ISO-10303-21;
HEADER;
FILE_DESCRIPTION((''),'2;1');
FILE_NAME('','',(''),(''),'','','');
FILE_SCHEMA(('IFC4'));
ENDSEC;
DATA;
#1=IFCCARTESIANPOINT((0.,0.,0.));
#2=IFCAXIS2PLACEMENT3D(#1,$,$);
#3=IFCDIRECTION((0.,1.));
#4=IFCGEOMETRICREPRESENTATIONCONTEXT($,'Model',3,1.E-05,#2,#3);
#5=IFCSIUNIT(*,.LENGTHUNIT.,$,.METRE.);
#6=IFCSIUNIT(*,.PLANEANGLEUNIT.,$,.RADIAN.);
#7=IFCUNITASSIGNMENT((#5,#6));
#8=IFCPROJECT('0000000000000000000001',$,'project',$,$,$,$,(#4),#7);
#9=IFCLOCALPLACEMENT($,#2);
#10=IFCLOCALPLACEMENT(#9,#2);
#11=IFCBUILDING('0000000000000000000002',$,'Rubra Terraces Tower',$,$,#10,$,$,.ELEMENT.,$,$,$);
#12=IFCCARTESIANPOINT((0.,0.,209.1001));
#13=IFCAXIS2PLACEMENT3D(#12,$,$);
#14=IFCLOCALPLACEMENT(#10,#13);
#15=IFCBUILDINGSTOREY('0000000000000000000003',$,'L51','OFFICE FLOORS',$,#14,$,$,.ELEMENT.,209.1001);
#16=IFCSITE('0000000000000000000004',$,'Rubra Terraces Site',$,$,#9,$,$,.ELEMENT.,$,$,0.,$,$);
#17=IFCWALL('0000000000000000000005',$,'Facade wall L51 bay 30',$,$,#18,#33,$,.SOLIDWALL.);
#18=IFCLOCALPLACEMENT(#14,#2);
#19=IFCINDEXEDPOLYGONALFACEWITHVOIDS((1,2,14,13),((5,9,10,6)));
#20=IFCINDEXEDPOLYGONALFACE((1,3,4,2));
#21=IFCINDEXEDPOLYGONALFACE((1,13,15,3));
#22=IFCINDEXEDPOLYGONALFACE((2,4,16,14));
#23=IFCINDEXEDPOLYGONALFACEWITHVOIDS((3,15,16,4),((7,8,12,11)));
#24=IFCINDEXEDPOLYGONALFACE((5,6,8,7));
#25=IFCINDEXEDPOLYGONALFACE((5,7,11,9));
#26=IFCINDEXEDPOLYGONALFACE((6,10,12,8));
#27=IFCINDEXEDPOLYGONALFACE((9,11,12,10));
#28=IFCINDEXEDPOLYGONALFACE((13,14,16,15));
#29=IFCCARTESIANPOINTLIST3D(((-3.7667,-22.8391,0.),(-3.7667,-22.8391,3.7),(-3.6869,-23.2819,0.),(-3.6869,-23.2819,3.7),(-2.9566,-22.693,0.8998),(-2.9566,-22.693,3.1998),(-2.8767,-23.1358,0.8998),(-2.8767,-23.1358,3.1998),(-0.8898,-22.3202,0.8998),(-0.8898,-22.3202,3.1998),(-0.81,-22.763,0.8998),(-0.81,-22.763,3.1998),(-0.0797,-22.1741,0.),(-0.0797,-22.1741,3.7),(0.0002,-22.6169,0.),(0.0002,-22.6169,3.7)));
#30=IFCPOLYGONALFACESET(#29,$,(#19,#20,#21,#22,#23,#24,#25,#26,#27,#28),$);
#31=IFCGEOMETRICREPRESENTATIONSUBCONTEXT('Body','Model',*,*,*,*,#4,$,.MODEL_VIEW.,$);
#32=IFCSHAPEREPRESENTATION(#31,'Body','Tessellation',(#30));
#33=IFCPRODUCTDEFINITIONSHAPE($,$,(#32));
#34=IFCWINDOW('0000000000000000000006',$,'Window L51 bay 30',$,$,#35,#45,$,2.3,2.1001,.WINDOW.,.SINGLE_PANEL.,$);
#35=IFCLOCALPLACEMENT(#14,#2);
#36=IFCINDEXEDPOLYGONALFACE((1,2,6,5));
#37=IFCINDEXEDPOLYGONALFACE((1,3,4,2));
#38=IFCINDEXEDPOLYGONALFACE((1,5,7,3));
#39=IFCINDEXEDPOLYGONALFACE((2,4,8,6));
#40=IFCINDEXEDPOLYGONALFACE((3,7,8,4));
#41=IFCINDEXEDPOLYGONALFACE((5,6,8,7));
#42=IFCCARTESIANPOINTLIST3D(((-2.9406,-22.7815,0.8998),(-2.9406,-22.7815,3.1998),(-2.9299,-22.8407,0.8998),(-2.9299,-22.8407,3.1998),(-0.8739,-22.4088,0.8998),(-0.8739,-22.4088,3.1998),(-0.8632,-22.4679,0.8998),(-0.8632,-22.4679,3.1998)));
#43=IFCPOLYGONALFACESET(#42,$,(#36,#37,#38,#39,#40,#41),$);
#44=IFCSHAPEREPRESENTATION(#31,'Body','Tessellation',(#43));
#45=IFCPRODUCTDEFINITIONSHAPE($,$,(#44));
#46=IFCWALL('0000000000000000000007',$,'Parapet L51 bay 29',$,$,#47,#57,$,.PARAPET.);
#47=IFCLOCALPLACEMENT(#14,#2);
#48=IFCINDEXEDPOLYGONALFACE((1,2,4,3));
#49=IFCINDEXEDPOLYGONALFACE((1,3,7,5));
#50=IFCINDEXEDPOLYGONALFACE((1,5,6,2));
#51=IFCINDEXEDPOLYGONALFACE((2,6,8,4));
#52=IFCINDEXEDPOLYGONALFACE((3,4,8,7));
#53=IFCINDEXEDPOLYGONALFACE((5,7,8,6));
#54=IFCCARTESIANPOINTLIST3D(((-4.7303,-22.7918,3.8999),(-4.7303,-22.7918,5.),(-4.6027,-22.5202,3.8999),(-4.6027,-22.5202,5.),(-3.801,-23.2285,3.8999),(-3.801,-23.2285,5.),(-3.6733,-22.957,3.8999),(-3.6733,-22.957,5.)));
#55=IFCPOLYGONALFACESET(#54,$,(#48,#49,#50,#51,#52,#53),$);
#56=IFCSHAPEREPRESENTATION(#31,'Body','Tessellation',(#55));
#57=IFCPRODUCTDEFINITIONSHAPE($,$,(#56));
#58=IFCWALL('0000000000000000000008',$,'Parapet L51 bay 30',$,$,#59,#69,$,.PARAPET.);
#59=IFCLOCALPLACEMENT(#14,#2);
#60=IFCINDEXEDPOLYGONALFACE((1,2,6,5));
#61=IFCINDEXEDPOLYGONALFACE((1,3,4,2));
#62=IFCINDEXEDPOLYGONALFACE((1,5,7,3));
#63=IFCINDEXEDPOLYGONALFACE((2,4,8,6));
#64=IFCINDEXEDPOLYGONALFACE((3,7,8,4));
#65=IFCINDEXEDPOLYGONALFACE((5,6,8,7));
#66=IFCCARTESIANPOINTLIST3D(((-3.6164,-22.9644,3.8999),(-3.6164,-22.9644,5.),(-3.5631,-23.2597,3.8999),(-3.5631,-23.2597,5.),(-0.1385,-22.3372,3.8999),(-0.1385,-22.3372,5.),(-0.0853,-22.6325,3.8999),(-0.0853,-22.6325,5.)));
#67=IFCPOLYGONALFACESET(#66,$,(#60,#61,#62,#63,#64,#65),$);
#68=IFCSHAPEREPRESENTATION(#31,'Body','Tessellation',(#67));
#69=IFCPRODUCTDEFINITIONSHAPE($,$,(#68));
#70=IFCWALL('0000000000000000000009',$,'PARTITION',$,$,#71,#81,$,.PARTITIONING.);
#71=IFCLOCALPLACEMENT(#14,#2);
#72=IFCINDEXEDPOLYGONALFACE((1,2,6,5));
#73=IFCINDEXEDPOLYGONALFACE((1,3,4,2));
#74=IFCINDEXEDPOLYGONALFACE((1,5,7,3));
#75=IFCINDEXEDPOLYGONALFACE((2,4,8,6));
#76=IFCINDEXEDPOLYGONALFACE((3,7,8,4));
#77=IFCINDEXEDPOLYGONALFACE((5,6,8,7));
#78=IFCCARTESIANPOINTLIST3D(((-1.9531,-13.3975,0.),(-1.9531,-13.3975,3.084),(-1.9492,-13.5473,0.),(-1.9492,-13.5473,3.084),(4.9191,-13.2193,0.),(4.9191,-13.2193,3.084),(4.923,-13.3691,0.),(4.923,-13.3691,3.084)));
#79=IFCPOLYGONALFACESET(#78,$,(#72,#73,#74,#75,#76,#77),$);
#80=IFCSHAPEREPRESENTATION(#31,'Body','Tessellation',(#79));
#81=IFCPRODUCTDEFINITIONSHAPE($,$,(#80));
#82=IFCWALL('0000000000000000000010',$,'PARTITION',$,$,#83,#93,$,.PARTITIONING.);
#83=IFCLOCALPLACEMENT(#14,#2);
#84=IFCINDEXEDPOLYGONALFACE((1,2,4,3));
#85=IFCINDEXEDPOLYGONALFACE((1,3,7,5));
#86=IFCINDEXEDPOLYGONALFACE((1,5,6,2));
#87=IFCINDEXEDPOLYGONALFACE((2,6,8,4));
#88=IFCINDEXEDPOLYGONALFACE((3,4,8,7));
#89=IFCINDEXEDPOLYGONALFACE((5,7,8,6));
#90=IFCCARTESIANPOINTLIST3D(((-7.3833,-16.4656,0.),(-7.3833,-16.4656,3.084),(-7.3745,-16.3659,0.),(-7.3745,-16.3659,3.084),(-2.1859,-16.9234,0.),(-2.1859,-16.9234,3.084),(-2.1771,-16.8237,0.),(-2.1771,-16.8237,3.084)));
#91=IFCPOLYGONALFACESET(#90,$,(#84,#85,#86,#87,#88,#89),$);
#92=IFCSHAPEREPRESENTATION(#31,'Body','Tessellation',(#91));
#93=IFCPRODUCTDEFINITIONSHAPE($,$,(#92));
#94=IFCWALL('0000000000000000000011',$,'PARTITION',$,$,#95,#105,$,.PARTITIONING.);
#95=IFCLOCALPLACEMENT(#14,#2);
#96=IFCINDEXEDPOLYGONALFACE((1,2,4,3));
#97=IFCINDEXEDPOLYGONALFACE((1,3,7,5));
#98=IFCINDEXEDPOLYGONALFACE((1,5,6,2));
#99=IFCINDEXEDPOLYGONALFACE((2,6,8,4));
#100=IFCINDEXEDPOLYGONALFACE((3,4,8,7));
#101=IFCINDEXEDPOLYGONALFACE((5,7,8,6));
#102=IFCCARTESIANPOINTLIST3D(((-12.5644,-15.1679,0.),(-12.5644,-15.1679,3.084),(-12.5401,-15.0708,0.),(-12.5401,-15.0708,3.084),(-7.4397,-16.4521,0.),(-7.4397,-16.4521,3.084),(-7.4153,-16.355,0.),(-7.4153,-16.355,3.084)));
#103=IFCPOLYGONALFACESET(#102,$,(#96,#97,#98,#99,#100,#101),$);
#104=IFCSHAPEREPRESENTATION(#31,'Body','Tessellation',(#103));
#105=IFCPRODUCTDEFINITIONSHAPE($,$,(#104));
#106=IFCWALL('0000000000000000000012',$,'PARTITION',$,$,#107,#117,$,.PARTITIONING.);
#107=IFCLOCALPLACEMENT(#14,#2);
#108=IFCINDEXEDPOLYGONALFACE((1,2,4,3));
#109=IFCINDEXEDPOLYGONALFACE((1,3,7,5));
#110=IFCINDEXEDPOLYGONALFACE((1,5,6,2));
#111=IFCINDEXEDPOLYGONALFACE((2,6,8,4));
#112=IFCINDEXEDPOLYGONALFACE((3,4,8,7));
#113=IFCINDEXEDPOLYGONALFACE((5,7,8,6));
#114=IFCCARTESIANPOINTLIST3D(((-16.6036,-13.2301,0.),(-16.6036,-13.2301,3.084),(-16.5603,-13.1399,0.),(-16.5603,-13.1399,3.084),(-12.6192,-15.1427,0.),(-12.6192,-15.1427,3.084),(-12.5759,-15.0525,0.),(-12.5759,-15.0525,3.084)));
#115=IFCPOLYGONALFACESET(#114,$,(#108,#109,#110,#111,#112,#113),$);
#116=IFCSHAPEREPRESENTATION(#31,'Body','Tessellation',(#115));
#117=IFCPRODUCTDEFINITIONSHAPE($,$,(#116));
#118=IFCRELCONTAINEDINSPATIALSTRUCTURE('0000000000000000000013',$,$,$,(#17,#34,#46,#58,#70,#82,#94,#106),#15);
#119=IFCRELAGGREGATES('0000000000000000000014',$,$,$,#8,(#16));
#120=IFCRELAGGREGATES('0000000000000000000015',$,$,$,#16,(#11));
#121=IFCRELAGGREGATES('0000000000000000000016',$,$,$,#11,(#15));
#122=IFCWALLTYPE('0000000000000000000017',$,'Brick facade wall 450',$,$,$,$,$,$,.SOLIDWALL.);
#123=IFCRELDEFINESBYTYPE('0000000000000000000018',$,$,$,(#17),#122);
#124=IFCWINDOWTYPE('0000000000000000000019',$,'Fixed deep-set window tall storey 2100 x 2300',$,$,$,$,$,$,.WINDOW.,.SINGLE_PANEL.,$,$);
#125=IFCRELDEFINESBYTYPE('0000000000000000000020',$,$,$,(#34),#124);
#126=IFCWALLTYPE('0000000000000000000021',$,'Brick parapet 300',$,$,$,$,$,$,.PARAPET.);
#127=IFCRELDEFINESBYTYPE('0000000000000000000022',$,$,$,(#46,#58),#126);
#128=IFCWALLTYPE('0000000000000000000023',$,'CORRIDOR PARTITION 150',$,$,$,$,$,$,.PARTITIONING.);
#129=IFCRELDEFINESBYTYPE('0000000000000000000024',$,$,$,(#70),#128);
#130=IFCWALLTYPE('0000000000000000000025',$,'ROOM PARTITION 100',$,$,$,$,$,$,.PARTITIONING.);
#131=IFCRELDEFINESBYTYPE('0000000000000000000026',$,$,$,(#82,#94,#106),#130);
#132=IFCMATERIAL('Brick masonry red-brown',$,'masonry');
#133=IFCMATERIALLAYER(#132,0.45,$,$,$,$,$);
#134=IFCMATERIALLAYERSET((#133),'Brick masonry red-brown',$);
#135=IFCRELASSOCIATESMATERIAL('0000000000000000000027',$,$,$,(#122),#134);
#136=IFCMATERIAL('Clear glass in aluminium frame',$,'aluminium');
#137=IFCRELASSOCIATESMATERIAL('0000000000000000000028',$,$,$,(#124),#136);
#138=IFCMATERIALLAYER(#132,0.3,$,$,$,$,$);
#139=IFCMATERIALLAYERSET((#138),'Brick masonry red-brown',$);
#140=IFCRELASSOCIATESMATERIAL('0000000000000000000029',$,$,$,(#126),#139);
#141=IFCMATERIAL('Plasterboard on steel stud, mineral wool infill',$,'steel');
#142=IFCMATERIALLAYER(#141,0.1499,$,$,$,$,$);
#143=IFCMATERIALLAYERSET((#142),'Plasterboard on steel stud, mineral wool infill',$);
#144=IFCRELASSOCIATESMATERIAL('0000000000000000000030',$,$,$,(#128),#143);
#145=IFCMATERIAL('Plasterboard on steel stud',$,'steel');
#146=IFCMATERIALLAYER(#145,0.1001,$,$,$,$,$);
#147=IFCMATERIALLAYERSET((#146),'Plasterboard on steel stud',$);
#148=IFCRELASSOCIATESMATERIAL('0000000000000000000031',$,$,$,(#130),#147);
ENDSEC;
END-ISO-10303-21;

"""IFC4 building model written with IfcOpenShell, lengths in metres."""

from ifc_helpers import new_model, si_unit, direction, frame, frame_2d, origin, place, context, subcontext, project, spatial, rectangle, extrude, material, layer, layer_set, type_object, element, fill, save


model = new_model("IFC4")

# Units and contexts
model_context = context("Model", 3, precision=1e-05, world=origin(), true_north=direction((0.0, 1.0)))
body_context = subcontext(model_context, "Body", "Model", "MODEL_VIEW")
ifc_project = project(units=[si_unit("LENGTHUNIT", "METRE"), si_unit("PLANEANGLEUNIT", "RADIAN")], contexts=[model_context])

# Site, building, storey
site_placement = place(None, origin())
site = spatial("IfcSite", under=ifc_project, at=site_placement, Name="Rubra Terraces Site", CompositionType="ELEMENT", RefElevation=0.0)
building_placement = place(site_placement, origin())
building = spatial("IfcBuilding", under=site, at=building_placement, Name="Rubra Terraces Tower", CompositionType="ELEMENT")
storey_placement = place(building_placement, frame((0.0, 0.0, 209.1001)))
storey = spatial("IfcBuildingStorey", under=building, at=storey_placement, Name="L51", Description="OFFICE FLOORS", CompositionType="ELEMENT", Elevation=209.1001)

# Wall, opening, window
ifc_material_1 = material(Name="Brick masonry red-brown", Category="masonry")
ifc_layer_1 = layer(ifc_material_1, 0.45)
ifc_layer_set_1 = layer_set([ifc_layer_1], Name="Brick masonry red-brown")
wall_type_1 = type_object("IfcWallType", Name="Brick facade wall 450", PredefinedType="SOLIDWALL", material=ifc_layer_set_1)
ifc_material_2 = material(Name="Clear glass in aluminium frame", Category="aluminium")
window_type = type_object("IfcWindowType", Name="Fixed deep-set window tall storey 2100 x 2300", PartitioningType="SINGLE_PANEL", PredefinedType="WINDOW", material=ifc_material_2)
wall_1_placement = place(storey_placement, frame((-3.7268, -23.0605, 0.0), z_axis=(0.0, 0.0, 1.0), x_axis=(0.984119, 0.177509, 0.0)))
wall_1 = element("IfcWall", 1, at=wall_1_placement, inside=storey, type_object=wall_type_1, Name="Facade wall L51 bay 30", PredefinedType="SOLIDWALL", context=body_context, shape_type="SweptSolid", body=[
    extrude(rectangle(XDim=3.7466, YDim=0.45, at=frame_2d((1.8733, 0.0))), origin(), (0.0, 0.0, 1.0), 3.7),
])
opening_1_placement = place(wall_1_placement, frame((0.8232, 0.0, 0.8999)))
opening_1 = element("IfcOpeningElement", 2, at=opening_1_placement, cuts=wall_1, PredefinedType="OPENING", context=body_context, shape_type="SweptSolid", body=[
    extrude(rectangle(XDim=2.1001, YDim=2.3, at=frame_2d((1.05, 1.1499))), frame((0.0, 0.2349, 0.0), z_axis=(0.0, -1.0, 0.0), x_axis=(1.0, 0.0, 0.0)), (0.0, 0.0, 1.0), 0.47),
])
window_1_placement = place(opening_1_placement, origin())
window_1 = element("IfcWindow", 3, at=window_1_placement, inside=storey, type_object=window_type, Name="Window L51 bay 30", OverallHeight=2.3, OverallWidth=2.1001, PartitioningType="SINGLE_PANEL", PredefinedType="WINDOW", context=body_context, shape_type="SweptSolid", body=[
    extrude(rectangle(XDim=2.1001, YDim=2.3, at=frame_2d((1.05, 1.1499))), frame((0.0, 0.135, 0.0), z_axis=(0.0, -1.0, 0.0), x_axis=(1.0, 0.0, 0.0)), (0.0, 0.0, 1.0), 0.0601),
])
fill(opening_1, window_1)

# Walls
ifc_layer_2 = layer(ifc_material_1, 0.3)
ifc_layer_set_2 = layer_set([ifc_layer_2], Name="Brick masonry red-brown")
wall_type_2 = type_object("IfcWallType", Name="Brick parapet 300", PredefinedType="PARAPET", material=ifc_layer_set_2)
wall_2_placement = place(storey_placement, frame((-4.6665, -22.656, 3.8999), z_axis=(0.0, 0.0, 1.0), x_axis=(0.90505, -0.425305, 0.0)))
element("IfcWall", 4, at=wall_2_placement, inside=storey, type_object=wall_type_2, Name="Parapet L51 bay 29", PredefinedType="PARAPET", context=body_context, shape_type="SweptSolid", body=[
    extrude(rectangle(XDim=1.0269, YDim=0.3, at=frame_2d((0.5134, 0.0))), origin(), (0.0, 0.0, 1.0), 1.1001),
])
wall_3_placement = place(storey_placement, frame((-3.5898, -23.1121, 3.8999), z_axis=(0.0, 0.0, 1.0), x_axis=(0.984124, 0.177481, 0.0)))
element("IfcWall", 5, at=wall_3_placement, inside=storey, type_object=wall_type_2, Name="Parapet L51 bay 30", PredefinedType="PARAPET", context=body_context, shape_type="SweptSolid", body=[
    extrude(rectangle(XDim=3.5339, YDim=0.3, at=frame_2d((1.7671, 0.0))), origin(), (0.0, 0.0, 1.0), 1.1001),
])
ifc_material_3 = material(Name="Plasterboard on steel stud, mineral wool infill", Category="steel")
ifc_layer_3 = layer(ifc_material_3, 0.1499)
ifc_layer_set_3 = layer_set([ifc_layer_3], Name="Plasterboard on steel stud, mineral wool infill")
wall_type_3 = type_object("IfcWallType", Name="CORRIDOR PARTITION 150", PredefinedType="PARTITIONING", material=ifc_layer_set_3)
wall_4_placement = place(storey_placement, frame((-1.9512, -13.4724, 0.0), z_axis=(0.0, 0.0, 1.0), x_axis=(0.999664, 0.025925, 0.0)))
element("IfcWall", 6, at=wall_4_placement, inside=storey, type_object=wall_type_3, Name="PARTITION", PredefinedType="PARTITIONING", context=body_context, shape_type="SweptSolid", body=[
    extrude(rectangle(XDim=6.8745, YDim=0.1499, at=frame_2d((3.4373, 0.0))), origin(), (0.0, 0.0, 1.0), 3.084),
])
ifc_material_4 = material(Name="Plasterboard on steel stud", Category="steel")
ifc_layer_4 = layer(ifc_material_4, 0.1001)
ifc_layer_set_4 = layer_set([ifc_layer_4], Name="Plasterboard on steel stud")
wall_type_4 = type_object("IfcWallType", Name="ROOM PARTITION 100", PredefinedType="PARTITIONING", material=ifc_layer_set_4)
wall_5_placement = place(storey_placement, frame((-2.1814, -16.8735, 0.0), z_axis=(0.0, 0.0, 1.0), x_axis=(-0.996144, 0.087734, 0.0)))
element("IfcWall", 7, at=wall_5_placement, inside=storey, type_object=wall_type_4, Name="PARTITION", PredefinedType="PARTITIONING", context=body_context, shape_type="SweptSolid", body=[
    extrude(rectangle(XDim=5.2175, YDim=0.1001, at=frame_2d((2.6089, 0.0))), origin(), (0.0, 0.0, 1.0), 3.084),
])
wall_6_placement = place(storey_placement, frame((-7.4275, -16.4036, 0.0), z_axis=(0.0, 0.0, 1.0), x_axis=(-0.970009, 0.243068, 0.0)))
element("IfcWall", 8, at=wall_6_placement, inside=storey, type_object=wall_type_4, Name="PARTITION", PredefinedType="PARTITIONING", context=body_context, shape_type="SweptSolid", body=[
    extrude(rectangle(XDim=5.2832, YDim=0.1001, at=frame_2d((2.6416, 0.0))), origin(), (0.0, 0.0, 1.0), 3.084),
])
wall_7_placement = place(storey_placement, frame((-12.5974, -15.0977, 0.0), z_axis=(0.0, 0.0, 1.0), x_axis=(-0.901514, 0.432749, 0.0)))
element("IfcWall", 9, at=wall_7_placement, inside=storey, type_object=wall_type_4, Name="PARTITION", PredefinedType="PARTITIONING", context=body_context, shape_type="SweptSolid", body=[
    extrude(rectangle(XDim=4.4197, YDim=0.1001, at=frame_2d((2.21, 0.0))), origin(), (0.0, 0.0, 1.0), 3.084),
])

save(model, "model.ifc")
